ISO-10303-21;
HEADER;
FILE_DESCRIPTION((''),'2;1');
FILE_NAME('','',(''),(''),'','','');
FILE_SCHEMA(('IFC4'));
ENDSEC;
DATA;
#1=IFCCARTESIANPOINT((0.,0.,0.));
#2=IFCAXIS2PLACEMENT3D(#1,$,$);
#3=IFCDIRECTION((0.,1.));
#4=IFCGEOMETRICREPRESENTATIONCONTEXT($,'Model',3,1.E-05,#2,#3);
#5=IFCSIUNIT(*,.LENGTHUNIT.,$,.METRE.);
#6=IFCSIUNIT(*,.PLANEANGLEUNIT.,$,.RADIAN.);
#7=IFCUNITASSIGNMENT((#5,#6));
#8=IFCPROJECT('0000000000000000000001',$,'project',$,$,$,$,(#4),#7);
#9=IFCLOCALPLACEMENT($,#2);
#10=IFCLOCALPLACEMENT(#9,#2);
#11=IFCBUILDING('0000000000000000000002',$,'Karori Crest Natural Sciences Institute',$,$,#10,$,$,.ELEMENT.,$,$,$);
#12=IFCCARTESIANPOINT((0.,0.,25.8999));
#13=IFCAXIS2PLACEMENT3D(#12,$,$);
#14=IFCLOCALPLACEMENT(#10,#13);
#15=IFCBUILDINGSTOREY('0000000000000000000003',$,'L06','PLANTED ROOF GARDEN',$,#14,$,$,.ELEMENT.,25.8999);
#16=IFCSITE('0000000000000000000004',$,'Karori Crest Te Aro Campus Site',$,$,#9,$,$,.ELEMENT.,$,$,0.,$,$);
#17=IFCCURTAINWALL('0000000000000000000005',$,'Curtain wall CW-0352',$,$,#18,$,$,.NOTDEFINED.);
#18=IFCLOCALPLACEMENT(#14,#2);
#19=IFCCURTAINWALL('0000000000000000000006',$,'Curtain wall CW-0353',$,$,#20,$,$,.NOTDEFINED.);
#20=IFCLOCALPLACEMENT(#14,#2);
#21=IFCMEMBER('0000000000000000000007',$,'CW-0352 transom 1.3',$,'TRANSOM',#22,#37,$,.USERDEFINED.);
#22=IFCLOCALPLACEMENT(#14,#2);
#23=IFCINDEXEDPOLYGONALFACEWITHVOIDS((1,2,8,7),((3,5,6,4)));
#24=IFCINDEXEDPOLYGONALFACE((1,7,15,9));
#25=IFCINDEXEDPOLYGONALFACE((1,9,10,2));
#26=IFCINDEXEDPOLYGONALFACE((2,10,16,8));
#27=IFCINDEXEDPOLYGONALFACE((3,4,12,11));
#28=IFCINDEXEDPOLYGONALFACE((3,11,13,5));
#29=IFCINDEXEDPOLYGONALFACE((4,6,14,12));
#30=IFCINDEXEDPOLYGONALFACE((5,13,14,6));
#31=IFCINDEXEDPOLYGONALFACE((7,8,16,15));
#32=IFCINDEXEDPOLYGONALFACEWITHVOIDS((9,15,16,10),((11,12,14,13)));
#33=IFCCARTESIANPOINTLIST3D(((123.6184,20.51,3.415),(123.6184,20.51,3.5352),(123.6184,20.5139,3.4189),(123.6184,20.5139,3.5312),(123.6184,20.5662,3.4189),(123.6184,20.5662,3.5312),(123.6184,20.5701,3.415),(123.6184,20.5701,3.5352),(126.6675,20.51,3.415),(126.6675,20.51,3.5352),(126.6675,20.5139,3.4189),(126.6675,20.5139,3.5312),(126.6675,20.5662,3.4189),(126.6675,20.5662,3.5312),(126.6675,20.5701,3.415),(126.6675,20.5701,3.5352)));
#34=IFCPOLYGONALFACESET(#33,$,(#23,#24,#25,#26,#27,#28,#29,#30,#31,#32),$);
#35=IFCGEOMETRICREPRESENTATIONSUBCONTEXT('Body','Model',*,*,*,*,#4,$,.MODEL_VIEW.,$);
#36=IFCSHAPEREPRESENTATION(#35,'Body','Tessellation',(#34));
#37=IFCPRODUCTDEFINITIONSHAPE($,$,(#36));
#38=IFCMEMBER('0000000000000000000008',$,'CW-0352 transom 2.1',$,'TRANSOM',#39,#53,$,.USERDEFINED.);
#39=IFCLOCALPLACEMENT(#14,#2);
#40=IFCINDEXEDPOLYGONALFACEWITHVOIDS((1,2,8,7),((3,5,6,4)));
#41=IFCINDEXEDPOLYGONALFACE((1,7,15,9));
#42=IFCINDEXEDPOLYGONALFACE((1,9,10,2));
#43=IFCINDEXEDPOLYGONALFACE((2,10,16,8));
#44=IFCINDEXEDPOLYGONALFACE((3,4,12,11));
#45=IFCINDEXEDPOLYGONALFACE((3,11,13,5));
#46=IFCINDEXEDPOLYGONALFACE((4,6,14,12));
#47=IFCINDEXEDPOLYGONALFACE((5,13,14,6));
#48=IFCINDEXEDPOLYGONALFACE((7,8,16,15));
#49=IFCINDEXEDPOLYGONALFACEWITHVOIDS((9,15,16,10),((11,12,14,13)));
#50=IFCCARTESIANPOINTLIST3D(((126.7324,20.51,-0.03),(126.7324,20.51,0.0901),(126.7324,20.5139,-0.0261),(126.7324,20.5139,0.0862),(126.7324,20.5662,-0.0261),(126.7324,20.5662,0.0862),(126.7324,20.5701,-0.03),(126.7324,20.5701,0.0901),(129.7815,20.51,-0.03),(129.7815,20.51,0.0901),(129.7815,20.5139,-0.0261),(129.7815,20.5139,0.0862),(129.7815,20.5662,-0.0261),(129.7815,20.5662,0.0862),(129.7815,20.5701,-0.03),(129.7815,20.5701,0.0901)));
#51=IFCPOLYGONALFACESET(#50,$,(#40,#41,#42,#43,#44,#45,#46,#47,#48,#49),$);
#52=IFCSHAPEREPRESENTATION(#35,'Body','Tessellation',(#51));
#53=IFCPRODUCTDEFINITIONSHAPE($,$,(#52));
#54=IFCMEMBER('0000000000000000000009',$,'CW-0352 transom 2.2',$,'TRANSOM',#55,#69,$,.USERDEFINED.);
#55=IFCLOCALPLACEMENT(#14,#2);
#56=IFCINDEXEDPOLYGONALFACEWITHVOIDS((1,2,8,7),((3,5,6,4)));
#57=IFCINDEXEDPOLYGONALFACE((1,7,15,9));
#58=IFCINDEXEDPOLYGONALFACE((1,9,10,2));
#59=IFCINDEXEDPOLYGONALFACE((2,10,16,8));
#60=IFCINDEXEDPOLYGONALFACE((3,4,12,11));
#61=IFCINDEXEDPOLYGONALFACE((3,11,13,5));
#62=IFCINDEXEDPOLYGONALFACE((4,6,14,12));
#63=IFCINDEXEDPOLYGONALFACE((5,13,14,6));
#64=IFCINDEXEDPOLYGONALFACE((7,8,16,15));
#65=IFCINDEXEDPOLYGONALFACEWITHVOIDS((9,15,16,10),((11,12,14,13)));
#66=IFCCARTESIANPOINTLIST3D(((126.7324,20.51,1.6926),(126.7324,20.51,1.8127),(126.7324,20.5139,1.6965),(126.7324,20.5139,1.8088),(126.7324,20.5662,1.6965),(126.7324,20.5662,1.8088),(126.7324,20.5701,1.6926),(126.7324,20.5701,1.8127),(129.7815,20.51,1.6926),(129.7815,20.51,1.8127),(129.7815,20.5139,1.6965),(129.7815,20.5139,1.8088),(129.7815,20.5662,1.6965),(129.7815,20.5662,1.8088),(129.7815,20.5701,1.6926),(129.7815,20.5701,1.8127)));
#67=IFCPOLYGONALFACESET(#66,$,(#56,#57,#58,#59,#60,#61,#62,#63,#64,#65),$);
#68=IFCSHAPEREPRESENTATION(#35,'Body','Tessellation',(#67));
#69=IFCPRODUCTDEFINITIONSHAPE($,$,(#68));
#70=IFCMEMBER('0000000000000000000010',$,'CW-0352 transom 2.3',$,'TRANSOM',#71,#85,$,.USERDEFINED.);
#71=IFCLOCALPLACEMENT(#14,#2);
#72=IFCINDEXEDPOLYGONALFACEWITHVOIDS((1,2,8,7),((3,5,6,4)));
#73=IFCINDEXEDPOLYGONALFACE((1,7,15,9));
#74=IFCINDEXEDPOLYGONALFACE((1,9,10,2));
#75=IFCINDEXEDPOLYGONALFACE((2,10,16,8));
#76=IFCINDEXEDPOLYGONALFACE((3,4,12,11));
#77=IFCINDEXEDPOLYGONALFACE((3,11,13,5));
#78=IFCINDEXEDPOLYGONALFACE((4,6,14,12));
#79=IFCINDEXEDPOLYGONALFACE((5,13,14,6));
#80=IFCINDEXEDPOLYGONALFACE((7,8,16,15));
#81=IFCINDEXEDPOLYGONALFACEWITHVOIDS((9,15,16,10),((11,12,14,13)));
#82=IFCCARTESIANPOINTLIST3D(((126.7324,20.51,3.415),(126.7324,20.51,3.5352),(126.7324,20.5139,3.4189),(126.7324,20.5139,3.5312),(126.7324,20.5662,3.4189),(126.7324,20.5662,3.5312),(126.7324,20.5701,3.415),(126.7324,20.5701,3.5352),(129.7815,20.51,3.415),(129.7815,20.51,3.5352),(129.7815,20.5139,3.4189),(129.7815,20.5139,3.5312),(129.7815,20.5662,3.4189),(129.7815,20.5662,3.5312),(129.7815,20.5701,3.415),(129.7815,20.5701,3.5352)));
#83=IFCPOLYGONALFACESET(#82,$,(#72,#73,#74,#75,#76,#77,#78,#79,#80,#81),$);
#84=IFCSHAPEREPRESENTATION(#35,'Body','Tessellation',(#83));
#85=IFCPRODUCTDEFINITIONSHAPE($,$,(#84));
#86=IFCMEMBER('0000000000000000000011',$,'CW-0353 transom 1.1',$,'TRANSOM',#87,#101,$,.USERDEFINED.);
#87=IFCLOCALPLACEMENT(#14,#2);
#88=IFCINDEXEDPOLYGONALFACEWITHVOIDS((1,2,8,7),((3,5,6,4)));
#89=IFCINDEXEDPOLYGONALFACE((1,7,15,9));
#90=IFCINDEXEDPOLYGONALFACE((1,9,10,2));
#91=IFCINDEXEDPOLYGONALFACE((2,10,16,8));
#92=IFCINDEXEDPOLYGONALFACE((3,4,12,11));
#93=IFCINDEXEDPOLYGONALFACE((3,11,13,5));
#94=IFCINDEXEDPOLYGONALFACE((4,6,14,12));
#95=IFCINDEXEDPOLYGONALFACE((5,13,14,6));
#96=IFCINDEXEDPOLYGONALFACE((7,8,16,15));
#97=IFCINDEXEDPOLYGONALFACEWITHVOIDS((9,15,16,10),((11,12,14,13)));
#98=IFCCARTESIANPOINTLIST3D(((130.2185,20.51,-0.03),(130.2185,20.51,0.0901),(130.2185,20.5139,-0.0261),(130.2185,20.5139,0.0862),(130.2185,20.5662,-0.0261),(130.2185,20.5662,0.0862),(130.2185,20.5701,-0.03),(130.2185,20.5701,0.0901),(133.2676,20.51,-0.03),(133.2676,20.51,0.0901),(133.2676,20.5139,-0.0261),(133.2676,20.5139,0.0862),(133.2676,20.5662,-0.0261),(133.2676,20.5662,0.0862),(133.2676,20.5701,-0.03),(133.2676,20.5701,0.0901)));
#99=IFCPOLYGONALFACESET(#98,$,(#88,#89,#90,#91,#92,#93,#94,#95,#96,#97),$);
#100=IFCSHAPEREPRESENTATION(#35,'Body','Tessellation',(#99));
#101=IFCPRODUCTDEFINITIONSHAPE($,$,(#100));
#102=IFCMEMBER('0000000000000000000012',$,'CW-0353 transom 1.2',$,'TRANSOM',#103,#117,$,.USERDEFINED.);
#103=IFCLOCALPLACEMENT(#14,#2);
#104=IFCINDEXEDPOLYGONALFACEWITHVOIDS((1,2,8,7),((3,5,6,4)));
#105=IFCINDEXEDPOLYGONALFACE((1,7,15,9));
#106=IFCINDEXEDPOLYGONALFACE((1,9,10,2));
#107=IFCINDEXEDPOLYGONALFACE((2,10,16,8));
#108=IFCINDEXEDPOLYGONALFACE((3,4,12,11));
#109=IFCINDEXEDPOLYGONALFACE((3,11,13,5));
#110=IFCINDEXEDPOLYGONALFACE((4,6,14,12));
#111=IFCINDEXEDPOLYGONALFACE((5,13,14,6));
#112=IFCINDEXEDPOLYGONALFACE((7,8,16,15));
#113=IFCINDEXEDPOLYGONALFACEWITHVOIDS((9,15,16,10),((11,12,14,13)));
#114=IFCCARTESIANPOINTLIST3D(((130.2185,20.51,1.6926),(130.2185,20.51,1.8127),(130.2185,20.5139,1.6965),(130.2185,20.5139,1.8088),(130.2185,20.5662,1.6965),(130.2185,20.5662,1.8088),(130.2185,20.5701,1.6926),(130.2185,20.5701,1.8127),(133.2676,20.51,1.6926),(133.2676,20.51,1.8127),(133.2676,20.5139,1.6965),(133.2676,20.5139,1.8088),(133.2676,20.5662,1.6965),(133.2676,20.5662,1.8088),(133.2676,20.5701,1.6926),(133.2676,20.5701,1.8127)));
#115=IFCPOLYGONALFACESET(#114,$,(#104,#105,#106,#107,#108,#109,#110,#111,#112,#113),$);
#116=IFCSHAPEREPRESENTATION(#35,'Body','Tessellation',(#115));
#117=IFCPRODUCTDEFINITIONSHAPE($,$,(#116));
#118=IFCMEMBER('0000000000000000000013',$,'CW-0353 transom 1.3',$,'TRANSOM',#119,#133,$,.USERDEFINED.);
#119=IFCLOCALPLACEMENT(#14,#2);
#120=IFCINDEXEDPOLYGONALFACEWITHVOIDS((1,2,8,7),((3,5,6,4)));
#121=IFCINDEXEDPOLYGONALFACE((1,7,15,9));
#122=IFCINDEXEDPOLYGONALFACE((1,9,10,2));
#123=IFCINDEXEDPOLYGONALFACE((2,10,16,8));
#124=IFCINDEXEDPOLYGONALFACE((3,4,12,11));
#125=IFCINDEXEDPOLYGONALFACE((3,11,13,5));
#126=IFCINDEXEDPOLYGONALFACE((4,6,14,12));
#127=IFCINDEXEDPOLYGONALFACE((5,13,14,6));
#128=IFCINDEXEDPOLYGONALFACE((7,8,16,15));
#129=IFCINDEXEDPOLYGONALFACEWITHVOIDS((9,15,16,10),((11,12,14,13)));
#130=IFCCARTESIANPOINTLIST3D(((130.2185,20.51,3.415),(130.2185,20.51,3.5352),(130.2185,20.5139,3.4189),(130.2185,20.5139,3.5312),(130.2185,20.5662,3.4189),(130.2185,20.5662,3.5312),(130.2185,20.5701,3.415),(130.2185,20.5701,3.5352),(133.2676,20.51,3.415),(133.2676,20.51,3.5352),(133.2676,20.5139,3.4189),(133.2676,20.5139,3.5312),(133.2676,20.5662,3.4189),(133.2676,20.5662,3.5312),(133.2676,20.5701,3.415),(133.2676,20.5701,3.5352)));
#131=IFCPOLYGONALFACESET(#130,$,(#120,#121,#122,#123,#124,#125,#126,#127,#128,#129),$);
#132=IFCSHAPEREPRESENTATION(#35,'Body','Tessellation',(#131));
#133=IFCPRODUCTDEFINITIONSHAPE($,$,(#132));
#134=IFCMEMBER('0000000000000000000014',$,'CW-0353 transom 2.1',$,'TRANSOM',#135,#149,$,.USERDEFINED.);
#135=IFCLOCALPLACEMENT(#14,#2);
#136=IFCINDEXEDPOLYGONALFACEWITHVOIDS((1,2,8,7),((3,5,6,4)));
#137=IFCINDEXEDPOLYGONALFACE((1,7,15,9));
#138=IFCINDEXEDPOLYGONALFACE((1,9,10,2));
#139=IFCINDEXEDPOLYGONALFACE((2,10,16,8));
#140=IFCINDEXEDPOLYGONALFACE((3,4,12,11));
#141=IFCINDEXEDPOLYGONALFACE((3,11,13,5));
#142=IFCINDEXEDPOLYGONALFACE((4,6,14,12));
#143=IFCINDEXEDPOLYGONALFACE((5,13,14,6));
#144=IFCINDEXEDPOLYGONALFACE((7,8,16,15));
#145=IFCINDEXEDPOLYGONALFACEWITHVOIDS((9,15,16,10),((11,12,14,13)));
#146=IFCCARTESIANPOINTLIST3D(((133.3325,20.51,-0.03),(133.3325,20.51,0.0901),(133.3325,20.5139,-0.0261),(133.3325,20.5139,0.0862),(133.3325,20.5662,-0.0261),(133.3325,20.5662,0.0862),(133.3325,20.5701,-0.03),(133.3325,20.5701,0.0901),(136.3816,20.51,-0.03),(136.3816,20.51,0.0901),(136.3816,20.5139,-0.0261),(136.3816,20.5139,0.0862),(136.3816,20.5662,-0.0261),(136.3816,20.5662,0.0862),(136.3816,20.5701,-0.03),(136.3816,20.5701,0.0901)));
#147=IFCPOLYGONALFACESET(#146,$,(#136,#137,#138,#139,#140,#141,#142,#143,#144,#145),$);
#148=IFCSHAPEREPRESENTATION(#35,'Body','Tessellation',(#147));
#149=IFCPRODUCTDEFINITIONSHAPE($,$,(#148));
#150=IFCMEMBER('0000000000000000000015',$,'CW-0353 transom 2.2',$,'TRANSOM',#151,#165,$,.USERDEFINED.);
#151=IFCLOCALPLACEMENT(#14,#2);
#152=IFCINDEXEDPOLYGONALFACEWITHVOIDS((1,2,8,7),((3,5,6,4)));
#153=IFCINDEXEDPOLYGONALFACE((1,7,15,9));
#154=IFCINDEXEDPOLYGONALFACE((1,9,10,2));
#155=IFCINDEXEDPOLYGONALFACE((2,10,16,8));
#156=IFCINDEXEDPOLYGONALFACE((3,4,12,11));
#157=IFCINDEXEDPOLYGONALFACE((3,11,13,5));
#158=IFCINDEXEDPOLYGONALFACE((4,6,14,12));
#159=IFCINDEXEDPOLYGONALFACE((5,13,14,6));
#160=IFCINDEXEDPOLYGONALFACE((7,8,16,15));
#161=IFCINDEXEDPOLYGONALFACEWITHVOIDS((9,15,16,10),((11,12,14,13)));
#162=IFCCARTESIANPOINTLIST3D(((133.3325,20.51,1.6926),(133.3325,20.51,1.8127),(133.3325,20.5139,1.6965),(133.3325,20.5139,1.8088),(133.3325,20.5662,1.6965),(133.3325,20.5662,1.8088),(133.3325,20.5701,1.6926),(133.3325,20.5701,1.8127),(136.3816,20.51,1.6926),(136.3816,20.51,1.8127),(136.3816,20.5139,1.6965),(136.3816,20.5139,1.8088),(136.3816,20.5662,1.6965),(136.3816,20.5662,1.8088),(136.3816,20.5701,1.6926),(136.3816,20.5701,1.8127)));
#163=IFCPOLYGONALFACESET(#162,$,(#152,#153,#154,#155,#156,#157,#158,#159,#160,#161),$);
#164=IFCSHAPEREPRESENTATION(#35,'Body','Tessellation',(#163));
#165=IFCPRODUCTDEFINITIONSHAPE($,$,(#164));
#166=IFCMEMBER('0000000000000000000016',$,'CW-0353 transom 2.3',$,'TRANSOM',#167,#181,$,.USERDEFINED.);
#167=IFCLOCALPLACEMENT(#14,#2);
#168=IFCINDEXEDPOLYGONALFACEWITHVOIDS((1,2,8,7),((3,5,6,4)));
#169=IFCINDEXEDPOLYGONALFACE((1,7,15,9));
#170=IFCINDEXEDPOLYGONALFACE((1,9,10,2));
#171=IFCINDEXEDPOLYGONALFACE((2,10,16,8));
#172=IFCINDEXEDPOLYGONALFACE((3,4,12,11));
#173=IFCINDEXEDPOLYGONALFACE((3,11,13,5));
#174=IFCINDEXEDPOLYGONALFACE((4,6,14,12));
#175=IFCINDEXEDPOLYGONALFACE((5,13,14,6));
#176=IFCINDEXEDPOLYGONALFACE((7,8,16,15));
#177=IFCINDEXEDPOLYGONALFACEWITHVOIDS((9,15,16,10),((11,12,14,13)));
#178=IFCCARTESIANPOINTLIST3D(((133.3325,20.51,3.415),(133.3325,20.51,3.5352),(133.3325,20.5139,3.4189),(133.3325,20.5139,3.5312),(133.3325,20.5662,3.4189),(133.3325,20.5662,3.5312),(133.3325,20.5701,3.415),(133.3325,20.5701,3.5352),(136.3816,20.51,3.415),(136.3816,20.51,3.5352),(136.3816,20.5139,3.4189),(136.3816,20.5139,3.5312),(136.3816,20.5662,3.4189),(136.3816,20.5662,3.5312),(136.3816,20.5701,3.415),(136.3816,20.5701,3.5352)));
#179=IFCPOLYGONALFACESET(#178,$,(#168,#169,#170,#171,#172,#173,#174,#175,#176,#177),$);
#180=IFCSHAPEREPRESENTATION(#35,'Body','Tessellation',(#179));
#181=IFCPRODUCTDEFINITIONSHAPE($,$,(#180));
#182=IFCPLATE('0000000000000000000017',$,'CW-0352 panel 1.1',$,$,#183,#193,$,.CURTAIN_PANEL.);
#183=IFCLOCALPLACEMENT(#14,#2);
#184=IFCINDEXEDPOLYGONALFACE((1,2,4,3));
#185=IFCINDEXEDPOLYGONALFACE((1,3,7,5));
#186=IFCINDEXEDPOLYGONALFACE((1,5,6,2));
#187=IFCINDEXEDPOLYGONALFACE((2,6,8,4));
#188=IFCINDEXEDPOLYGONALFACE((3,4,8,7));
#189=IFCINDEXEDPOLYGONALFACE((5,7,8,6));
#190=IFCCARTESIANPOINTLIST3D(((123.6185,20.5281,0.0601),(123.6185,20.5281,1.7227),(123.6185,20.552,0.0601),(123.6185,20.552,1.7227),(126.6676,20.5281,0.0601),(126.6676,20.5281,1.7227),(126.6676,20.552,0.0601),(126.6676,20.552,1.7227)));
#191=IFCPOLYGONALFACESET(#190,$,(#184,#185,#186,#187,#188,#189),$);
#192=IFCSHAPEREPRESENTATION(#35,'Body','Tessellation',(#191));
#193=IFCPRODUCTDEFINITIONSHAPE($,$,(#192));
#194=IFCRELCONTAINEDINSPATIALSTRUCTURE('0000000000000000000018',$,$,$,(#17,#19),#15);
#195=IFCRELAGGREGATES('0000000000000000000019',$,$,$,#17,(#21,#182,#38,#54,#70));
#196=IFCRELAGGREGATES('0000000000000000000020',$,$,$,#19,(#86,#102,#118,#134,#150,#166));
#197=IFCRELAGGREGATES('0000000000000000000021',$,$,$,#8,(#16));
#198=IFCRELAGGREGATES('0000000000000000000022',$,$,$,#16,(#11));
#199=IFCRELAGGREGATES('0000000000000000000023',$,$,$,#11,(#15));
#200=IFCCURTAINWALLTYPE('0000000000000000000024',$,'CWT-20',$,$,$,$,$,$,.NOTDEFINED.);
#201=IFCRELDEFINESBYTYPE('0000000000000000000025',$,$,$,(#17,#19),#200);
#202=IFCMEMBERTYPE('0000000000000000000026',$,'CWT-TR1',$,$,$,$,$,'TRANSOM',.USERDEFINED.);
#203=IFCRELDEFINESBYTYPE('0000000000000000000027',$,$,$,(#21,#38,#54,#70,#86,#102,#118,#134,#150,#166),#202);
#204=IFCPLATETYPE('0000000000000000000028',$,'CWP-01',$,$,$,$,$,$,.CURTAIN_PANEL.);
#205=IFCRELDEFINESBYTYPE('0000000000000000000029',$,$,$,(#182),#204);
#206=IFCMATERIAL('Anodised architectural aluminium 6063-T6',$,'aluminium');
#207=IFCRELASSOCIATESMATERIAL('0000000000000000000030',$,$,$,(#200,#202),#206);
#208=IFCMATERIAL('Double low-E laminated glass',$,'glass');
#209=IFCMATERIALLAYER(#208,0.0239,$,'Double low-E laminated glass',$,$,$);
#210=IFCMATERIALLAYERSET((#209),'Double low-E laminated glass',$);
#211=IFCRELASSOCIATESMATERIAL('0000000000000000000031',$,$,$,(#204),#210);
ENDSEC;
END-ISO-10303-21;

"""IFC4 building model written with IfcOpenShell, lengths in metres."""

from ifc_helpers import new_model, si_unit, direction, frame, origin, origin_2d, place, context, subcontext, project, spatial, rectangle, hollow_rectangle, extrude, material, layer, layer_set, material_profile, profile_set, type_object, element, aggregate, save


model = new_model("IFC4")

# Units and contexts
model_context = context("Model", 3, precision=1e-05, world=origin(), true_north=direction((0.0, 1.0)))
body_context = subcontext(model_context, "Body", "Model", "MODEL_VIEW")
ifc_project = project(units=[si_unit("LENGTHUNIT", "METRE"), si_unit("PLANEANGLEUNIT", "RADIAN")], contexts=[model_context])

# Site, building, storey
site_placement = place(None, origin())
site = spatial("IfcSite", under=ifc_project, at=site_placement, Name="Karori Crest Te Aro Campus Site", CompositionType="ELEMENT", RefElevation=0.0)
building_placement = place(site_placement, origin())
building = spatial("IfcBuilding", under=site, at=building_placement, Name="Karori Crest Natural Sciences Institute", CompositionType="ELEMENT")
storey_placement = place(building_placement, frame((0.0, 0.0, 25.8999)))
storey = spatial("IfcBuildingStorey", under=building, at=storey_placement, Name="L06", Description="PLANTED ROOF GARDEN", CompositionType="ELEMENT", Elevation=25.8999)

# Curtain walls
ifc_material_1 = material(Name="Anodised architectural aluminium 6063-T6", Category="aluminium")
curtain_wall_type = type_object("IfcCurtainWallType", Name="CWT-20", PredefinedType="NOTDEFINED", material=ifc_material_1)
curtain_wall_1_placement = place(storey_placement, origin())
curtain_wall_1 = element("IfcCurtainWall", 1, at=curtain_wall_1_placement, inside=storey, type_object=curtain_wall_type, Name="Curtain wall CW-0352", PredefinedType="NOTDEFINED")
curtain_wall_2_placement = place(storey_placement, origin())
curtain_wall_2 = element("IfcCurtainWall", 2, at=curtain_wall_2_placement, inside=storey, type_object=curtain_wall_type, Name="Curtain wall CW-0353", PredefinedType="NOTDEFINED")

# Members
ifc_material_profile_1 = material_profile(ifc_material_1, hollow_rectangle(XDim=0.0601, YDim=0.1201, WallThickness=0.0039, at=origin_2d()), Name="CWT120x60x4")
ifc_profile_set_1 = profile_set([ifc_material_profile_1], Name="Anodised architectural aluminium 6063-T6")
member_type_1 = type_object("IfcMemberType", Name="CWT-TR1", ElementType="TRANSOM", PredefinedType="USERDEFINED", material=ifc_profile_set_1)
member_1_placement = place(storey_placement, frame((123.6184, 20.54, 3.4751), z_axis=(1.0, 0.0, 0.0), x_axis=(0.0, 1.0, 0.0)))
member_1 = element("IfcMember", 3, at=member_1_placement, type_object=member_type_1, Name="CW-0352 transom 1.3", ObjectType="TRANSOM", PredefinedType="USERDEFINED", context=body_context, shape_type="SweptSolid", body=[
    extrude(hollow_rectangle(XDim=0.0601, YDim=0.1201, WallThickness=0.0039, at=origin_2d()), origin(), (0.0, 0.0, 1.0), 3.0491),
])
member_2_placement = place(storey_placement, frame((126.7324, 20.54, 0.03), z_axis=(1.0, 0.0, 0.0), x_axis=(0.0, 1.0, 0.0)))
member_2 = element("IfcMember", 4, at=member_2_placement, type_object=member_type_1, Name="CW-0352 transom 2.1", ObjectType="TRANSOM", PredefinedType="USERDEFINED", context=body_context, shape_type="SweptSolid", body=[
    extrude(hollow_rectangle(XDim=0.0601, YDim=0.1201, WallThickness=0.0039, at=origin_2d()), origin(), (0.0, 0.0, 1.0), 3.0491),
])
member_3_placement = place(storey_placement, frame((126.7324, 20.54, 1.7527), z_axis=(1.0, 0.0, 0.0), x_axis=(0.0, 1.0, 0.0)))
member_3 = element("IfcMember", 5, at=member_3_placement, type_object=member_type_1, Name="CW-0352 transom 2.2", ObjectType="TRANSOM", PredefinedType="USERDEFINED", context=body_context, shape_type="SweptSolid", body=[
    extrude(hollow_rectangle(XDim=0.0601, YDim=0.1201, WallThickness=0.0039, at=origin_2d()), origin(), (0.0, 0.0, 1.0), 3.0491),
])
member_4_placement = place(storey_placement, frame((126.7324, 20.54, 3.4751), z_axis=(1.0, 0.0, 0.0), x_axis=(0.0, 1.0, 0.0)))
member_4 = element("IfcMember", 6, at=member_4_placement, type_object=member_type_1, Name="CW-0352 transom 2.3", ObjectType="TRANSOM", PredefinedType="USERDEFINED", context=body_context, shape_type="SweptSolid", body=[
    extrude(hollow_rectangle(XDim=0.0601, YDim=0.1201, WallThickness=0.0039, at=origin_2d()), origin(), (0.0, 0.0, 1.0), 3.0491),
])
member_5_placement = place(storey_placement, frame((130.2185, 20.54, 0.03), z_axis=(1.0, 0.0, 0.0), x_axis=(0.0, 1.0, 0.0)))
member_5 = element("IfcMember", 7, at=member_5_placement, type_object=member_type_1, Name="CW-0353 transom 1.1", ObjectType="TRANSOM", PredefinedType="USERDEFINED", context=body_context, shape_type="SweptSolid", body=[
    extrude(hollow_rectangle(XDim=0.0601, YDim=0.1201, WallThickness=0.0039, at=origin_2d()), origin(), (0.0, 0.0, 1.0), 3.0491),
])
member_6_placement = place(storey_placement, frame((130.2185, 20.54, 1.7527), z_axis=(1.0, 0.0, 0.0), x_axis=(0.0, 1.0, 0.0)))
member_6 = element("IfcMember", 8, at=member_6_placement, type_object=member_type_1, Name="CW-0353 transom 1.2", ObjectType="TRANSOM", PredefinedType="USERDEFINED", context=body_context, shape_type="SweptSolid", body=[
    extrude(hollow_rectangle(XDim=0.0601, YDim=0.1201, WallThickness=0.0039, at=origin_2d()), origin(), (0.0, 0.0, 1.0), 3.0491),
])
member_7_placement = place(storey_placement, frame((130.2185, 20.54, 3.4751), z_axis=(1.0, 0.0, 0.0), x_axis=(0.0, 1.0, 0.0)))
member_7 = element("IfcMember", 9, at=member_7_placement, type_object=member_type_1, Name="CW-0353 transom 1.3", ObjectType="TRANSOM", PredefinedType="USERDEFINED", context=body_context, shape_type="SweptSolid", body=[
    extrude(hollow_rectangle(XDim=0.0601, YDim=0.1201, WallThickness=0.0039, at=origin_2d()), origin(), (0.0, 0.0, 1.0), 3.0491),
])
member_8_placement = place(storey_placement, frame((133.3325, 20.54, 0.03), z_axis=(1.0, 0.0, 0.0), x_axis=(0.0, 1.0, 0.0)))
member_8 = element("IfcMember", 10, at=member_8_placement, type_object=member_type_1, Name="CW-0353 transom 2.1", ObjectType="TRANSOM", PredefinedType="USERDEFINED", context=body_context, shape_type="SweptSolid", body=[
    extrude(hollow_rectangle(XDim=0.0601, YDim=0.1201, WallThickness=0.0039, at=origin_2d()), origin(), (0.0, 0.0, 1.0), 3.0491),
])
member_9_placement = place(storey_placement, frame((133.3325, 20.54, 1.7527), z_axis=(1.0, 0.0, 0.0), x_axis=(0.0, 1.0, 0.0)))
member_9 = element("IfcMember", 11, at=member_9_placement, type_object=member_type_1, Name="CW-0353 transom 2.2", ObjectType="TRANSOM", PredefinedType="USERDEFINED", context=body_context, shape_type="SweptSolid", body=[
    extrude(hollow_rectangle(XDim=0.0601, YDim=0.1201, WallThickness=0.0039, at=origin_2d()), origin(), (0.0, 0.0, 1.0), 3.0491),
])
member_10_placement = place(storey_placement, frame((133.3325, 20.54, 3.4751), z_axis=(1.0, 0.0, 0.0), x_axis=(0.0, 1.0, 0.0)))
member_10 = element("IfcMember", 12, at=member_10_placement, type_object=member_type_1, Name="CW-0353 transom 2.3", ObjectType="TRANSOM", PredefinedType="USERDEFINED", context=body_context, shape_type="SweptSolid", body=[
    extrude(hollow_rectangle(XDim=0.0601, YDim=0.1201, WallThickness=0.0039, at=origin_2d()), origin(), (0.0, 0.0, 1.0), 3.0491),
])

# Plate
ifc_material_2 = material(Name="Double low-E laminated glass", Category="glass")
ifc_layer = layer(ifc_material_2, 0.0239, Name="Double low-E laminated glass")
ifc_layer_set = layer_set([ifc_layer], Name="Double low-E laminated glass")
plate_type = type_object("IfcPlateType", Name="CWP-01", PredefinedType="CURTAIN_PANEL", material=ifc_layer_set)
plate_1_placement = place(storey_placement, frame((125.1431, 20.54, 0.0601), z_axis=(0.0, 0.0, 1.0), x_axis=(1.0, 0.0, 0.0)))
plate_1 = element("IfcPlate", 13, at=plate_1_placement, type_object=plate_type, Name="CW-0352 panel 1.1", PredefinedType="CURTAIN_PANEL", context=body_context, shape_type="SweptSolid", body=[
    extrude(rectangle(XDim=3.0491, YDim=0.0239, at=origin_2d()), origin(), (0.0, 0.0, 1.0), 1.6626),
])
aggregate(curtain_wall_1, [member_1, plate_1, member_2, member_3, member_4])
aggregate(curtain_wall_2, [member_5, member_6, member_7, member_8, member_9, member_10])

save(model, "model.ifc")
